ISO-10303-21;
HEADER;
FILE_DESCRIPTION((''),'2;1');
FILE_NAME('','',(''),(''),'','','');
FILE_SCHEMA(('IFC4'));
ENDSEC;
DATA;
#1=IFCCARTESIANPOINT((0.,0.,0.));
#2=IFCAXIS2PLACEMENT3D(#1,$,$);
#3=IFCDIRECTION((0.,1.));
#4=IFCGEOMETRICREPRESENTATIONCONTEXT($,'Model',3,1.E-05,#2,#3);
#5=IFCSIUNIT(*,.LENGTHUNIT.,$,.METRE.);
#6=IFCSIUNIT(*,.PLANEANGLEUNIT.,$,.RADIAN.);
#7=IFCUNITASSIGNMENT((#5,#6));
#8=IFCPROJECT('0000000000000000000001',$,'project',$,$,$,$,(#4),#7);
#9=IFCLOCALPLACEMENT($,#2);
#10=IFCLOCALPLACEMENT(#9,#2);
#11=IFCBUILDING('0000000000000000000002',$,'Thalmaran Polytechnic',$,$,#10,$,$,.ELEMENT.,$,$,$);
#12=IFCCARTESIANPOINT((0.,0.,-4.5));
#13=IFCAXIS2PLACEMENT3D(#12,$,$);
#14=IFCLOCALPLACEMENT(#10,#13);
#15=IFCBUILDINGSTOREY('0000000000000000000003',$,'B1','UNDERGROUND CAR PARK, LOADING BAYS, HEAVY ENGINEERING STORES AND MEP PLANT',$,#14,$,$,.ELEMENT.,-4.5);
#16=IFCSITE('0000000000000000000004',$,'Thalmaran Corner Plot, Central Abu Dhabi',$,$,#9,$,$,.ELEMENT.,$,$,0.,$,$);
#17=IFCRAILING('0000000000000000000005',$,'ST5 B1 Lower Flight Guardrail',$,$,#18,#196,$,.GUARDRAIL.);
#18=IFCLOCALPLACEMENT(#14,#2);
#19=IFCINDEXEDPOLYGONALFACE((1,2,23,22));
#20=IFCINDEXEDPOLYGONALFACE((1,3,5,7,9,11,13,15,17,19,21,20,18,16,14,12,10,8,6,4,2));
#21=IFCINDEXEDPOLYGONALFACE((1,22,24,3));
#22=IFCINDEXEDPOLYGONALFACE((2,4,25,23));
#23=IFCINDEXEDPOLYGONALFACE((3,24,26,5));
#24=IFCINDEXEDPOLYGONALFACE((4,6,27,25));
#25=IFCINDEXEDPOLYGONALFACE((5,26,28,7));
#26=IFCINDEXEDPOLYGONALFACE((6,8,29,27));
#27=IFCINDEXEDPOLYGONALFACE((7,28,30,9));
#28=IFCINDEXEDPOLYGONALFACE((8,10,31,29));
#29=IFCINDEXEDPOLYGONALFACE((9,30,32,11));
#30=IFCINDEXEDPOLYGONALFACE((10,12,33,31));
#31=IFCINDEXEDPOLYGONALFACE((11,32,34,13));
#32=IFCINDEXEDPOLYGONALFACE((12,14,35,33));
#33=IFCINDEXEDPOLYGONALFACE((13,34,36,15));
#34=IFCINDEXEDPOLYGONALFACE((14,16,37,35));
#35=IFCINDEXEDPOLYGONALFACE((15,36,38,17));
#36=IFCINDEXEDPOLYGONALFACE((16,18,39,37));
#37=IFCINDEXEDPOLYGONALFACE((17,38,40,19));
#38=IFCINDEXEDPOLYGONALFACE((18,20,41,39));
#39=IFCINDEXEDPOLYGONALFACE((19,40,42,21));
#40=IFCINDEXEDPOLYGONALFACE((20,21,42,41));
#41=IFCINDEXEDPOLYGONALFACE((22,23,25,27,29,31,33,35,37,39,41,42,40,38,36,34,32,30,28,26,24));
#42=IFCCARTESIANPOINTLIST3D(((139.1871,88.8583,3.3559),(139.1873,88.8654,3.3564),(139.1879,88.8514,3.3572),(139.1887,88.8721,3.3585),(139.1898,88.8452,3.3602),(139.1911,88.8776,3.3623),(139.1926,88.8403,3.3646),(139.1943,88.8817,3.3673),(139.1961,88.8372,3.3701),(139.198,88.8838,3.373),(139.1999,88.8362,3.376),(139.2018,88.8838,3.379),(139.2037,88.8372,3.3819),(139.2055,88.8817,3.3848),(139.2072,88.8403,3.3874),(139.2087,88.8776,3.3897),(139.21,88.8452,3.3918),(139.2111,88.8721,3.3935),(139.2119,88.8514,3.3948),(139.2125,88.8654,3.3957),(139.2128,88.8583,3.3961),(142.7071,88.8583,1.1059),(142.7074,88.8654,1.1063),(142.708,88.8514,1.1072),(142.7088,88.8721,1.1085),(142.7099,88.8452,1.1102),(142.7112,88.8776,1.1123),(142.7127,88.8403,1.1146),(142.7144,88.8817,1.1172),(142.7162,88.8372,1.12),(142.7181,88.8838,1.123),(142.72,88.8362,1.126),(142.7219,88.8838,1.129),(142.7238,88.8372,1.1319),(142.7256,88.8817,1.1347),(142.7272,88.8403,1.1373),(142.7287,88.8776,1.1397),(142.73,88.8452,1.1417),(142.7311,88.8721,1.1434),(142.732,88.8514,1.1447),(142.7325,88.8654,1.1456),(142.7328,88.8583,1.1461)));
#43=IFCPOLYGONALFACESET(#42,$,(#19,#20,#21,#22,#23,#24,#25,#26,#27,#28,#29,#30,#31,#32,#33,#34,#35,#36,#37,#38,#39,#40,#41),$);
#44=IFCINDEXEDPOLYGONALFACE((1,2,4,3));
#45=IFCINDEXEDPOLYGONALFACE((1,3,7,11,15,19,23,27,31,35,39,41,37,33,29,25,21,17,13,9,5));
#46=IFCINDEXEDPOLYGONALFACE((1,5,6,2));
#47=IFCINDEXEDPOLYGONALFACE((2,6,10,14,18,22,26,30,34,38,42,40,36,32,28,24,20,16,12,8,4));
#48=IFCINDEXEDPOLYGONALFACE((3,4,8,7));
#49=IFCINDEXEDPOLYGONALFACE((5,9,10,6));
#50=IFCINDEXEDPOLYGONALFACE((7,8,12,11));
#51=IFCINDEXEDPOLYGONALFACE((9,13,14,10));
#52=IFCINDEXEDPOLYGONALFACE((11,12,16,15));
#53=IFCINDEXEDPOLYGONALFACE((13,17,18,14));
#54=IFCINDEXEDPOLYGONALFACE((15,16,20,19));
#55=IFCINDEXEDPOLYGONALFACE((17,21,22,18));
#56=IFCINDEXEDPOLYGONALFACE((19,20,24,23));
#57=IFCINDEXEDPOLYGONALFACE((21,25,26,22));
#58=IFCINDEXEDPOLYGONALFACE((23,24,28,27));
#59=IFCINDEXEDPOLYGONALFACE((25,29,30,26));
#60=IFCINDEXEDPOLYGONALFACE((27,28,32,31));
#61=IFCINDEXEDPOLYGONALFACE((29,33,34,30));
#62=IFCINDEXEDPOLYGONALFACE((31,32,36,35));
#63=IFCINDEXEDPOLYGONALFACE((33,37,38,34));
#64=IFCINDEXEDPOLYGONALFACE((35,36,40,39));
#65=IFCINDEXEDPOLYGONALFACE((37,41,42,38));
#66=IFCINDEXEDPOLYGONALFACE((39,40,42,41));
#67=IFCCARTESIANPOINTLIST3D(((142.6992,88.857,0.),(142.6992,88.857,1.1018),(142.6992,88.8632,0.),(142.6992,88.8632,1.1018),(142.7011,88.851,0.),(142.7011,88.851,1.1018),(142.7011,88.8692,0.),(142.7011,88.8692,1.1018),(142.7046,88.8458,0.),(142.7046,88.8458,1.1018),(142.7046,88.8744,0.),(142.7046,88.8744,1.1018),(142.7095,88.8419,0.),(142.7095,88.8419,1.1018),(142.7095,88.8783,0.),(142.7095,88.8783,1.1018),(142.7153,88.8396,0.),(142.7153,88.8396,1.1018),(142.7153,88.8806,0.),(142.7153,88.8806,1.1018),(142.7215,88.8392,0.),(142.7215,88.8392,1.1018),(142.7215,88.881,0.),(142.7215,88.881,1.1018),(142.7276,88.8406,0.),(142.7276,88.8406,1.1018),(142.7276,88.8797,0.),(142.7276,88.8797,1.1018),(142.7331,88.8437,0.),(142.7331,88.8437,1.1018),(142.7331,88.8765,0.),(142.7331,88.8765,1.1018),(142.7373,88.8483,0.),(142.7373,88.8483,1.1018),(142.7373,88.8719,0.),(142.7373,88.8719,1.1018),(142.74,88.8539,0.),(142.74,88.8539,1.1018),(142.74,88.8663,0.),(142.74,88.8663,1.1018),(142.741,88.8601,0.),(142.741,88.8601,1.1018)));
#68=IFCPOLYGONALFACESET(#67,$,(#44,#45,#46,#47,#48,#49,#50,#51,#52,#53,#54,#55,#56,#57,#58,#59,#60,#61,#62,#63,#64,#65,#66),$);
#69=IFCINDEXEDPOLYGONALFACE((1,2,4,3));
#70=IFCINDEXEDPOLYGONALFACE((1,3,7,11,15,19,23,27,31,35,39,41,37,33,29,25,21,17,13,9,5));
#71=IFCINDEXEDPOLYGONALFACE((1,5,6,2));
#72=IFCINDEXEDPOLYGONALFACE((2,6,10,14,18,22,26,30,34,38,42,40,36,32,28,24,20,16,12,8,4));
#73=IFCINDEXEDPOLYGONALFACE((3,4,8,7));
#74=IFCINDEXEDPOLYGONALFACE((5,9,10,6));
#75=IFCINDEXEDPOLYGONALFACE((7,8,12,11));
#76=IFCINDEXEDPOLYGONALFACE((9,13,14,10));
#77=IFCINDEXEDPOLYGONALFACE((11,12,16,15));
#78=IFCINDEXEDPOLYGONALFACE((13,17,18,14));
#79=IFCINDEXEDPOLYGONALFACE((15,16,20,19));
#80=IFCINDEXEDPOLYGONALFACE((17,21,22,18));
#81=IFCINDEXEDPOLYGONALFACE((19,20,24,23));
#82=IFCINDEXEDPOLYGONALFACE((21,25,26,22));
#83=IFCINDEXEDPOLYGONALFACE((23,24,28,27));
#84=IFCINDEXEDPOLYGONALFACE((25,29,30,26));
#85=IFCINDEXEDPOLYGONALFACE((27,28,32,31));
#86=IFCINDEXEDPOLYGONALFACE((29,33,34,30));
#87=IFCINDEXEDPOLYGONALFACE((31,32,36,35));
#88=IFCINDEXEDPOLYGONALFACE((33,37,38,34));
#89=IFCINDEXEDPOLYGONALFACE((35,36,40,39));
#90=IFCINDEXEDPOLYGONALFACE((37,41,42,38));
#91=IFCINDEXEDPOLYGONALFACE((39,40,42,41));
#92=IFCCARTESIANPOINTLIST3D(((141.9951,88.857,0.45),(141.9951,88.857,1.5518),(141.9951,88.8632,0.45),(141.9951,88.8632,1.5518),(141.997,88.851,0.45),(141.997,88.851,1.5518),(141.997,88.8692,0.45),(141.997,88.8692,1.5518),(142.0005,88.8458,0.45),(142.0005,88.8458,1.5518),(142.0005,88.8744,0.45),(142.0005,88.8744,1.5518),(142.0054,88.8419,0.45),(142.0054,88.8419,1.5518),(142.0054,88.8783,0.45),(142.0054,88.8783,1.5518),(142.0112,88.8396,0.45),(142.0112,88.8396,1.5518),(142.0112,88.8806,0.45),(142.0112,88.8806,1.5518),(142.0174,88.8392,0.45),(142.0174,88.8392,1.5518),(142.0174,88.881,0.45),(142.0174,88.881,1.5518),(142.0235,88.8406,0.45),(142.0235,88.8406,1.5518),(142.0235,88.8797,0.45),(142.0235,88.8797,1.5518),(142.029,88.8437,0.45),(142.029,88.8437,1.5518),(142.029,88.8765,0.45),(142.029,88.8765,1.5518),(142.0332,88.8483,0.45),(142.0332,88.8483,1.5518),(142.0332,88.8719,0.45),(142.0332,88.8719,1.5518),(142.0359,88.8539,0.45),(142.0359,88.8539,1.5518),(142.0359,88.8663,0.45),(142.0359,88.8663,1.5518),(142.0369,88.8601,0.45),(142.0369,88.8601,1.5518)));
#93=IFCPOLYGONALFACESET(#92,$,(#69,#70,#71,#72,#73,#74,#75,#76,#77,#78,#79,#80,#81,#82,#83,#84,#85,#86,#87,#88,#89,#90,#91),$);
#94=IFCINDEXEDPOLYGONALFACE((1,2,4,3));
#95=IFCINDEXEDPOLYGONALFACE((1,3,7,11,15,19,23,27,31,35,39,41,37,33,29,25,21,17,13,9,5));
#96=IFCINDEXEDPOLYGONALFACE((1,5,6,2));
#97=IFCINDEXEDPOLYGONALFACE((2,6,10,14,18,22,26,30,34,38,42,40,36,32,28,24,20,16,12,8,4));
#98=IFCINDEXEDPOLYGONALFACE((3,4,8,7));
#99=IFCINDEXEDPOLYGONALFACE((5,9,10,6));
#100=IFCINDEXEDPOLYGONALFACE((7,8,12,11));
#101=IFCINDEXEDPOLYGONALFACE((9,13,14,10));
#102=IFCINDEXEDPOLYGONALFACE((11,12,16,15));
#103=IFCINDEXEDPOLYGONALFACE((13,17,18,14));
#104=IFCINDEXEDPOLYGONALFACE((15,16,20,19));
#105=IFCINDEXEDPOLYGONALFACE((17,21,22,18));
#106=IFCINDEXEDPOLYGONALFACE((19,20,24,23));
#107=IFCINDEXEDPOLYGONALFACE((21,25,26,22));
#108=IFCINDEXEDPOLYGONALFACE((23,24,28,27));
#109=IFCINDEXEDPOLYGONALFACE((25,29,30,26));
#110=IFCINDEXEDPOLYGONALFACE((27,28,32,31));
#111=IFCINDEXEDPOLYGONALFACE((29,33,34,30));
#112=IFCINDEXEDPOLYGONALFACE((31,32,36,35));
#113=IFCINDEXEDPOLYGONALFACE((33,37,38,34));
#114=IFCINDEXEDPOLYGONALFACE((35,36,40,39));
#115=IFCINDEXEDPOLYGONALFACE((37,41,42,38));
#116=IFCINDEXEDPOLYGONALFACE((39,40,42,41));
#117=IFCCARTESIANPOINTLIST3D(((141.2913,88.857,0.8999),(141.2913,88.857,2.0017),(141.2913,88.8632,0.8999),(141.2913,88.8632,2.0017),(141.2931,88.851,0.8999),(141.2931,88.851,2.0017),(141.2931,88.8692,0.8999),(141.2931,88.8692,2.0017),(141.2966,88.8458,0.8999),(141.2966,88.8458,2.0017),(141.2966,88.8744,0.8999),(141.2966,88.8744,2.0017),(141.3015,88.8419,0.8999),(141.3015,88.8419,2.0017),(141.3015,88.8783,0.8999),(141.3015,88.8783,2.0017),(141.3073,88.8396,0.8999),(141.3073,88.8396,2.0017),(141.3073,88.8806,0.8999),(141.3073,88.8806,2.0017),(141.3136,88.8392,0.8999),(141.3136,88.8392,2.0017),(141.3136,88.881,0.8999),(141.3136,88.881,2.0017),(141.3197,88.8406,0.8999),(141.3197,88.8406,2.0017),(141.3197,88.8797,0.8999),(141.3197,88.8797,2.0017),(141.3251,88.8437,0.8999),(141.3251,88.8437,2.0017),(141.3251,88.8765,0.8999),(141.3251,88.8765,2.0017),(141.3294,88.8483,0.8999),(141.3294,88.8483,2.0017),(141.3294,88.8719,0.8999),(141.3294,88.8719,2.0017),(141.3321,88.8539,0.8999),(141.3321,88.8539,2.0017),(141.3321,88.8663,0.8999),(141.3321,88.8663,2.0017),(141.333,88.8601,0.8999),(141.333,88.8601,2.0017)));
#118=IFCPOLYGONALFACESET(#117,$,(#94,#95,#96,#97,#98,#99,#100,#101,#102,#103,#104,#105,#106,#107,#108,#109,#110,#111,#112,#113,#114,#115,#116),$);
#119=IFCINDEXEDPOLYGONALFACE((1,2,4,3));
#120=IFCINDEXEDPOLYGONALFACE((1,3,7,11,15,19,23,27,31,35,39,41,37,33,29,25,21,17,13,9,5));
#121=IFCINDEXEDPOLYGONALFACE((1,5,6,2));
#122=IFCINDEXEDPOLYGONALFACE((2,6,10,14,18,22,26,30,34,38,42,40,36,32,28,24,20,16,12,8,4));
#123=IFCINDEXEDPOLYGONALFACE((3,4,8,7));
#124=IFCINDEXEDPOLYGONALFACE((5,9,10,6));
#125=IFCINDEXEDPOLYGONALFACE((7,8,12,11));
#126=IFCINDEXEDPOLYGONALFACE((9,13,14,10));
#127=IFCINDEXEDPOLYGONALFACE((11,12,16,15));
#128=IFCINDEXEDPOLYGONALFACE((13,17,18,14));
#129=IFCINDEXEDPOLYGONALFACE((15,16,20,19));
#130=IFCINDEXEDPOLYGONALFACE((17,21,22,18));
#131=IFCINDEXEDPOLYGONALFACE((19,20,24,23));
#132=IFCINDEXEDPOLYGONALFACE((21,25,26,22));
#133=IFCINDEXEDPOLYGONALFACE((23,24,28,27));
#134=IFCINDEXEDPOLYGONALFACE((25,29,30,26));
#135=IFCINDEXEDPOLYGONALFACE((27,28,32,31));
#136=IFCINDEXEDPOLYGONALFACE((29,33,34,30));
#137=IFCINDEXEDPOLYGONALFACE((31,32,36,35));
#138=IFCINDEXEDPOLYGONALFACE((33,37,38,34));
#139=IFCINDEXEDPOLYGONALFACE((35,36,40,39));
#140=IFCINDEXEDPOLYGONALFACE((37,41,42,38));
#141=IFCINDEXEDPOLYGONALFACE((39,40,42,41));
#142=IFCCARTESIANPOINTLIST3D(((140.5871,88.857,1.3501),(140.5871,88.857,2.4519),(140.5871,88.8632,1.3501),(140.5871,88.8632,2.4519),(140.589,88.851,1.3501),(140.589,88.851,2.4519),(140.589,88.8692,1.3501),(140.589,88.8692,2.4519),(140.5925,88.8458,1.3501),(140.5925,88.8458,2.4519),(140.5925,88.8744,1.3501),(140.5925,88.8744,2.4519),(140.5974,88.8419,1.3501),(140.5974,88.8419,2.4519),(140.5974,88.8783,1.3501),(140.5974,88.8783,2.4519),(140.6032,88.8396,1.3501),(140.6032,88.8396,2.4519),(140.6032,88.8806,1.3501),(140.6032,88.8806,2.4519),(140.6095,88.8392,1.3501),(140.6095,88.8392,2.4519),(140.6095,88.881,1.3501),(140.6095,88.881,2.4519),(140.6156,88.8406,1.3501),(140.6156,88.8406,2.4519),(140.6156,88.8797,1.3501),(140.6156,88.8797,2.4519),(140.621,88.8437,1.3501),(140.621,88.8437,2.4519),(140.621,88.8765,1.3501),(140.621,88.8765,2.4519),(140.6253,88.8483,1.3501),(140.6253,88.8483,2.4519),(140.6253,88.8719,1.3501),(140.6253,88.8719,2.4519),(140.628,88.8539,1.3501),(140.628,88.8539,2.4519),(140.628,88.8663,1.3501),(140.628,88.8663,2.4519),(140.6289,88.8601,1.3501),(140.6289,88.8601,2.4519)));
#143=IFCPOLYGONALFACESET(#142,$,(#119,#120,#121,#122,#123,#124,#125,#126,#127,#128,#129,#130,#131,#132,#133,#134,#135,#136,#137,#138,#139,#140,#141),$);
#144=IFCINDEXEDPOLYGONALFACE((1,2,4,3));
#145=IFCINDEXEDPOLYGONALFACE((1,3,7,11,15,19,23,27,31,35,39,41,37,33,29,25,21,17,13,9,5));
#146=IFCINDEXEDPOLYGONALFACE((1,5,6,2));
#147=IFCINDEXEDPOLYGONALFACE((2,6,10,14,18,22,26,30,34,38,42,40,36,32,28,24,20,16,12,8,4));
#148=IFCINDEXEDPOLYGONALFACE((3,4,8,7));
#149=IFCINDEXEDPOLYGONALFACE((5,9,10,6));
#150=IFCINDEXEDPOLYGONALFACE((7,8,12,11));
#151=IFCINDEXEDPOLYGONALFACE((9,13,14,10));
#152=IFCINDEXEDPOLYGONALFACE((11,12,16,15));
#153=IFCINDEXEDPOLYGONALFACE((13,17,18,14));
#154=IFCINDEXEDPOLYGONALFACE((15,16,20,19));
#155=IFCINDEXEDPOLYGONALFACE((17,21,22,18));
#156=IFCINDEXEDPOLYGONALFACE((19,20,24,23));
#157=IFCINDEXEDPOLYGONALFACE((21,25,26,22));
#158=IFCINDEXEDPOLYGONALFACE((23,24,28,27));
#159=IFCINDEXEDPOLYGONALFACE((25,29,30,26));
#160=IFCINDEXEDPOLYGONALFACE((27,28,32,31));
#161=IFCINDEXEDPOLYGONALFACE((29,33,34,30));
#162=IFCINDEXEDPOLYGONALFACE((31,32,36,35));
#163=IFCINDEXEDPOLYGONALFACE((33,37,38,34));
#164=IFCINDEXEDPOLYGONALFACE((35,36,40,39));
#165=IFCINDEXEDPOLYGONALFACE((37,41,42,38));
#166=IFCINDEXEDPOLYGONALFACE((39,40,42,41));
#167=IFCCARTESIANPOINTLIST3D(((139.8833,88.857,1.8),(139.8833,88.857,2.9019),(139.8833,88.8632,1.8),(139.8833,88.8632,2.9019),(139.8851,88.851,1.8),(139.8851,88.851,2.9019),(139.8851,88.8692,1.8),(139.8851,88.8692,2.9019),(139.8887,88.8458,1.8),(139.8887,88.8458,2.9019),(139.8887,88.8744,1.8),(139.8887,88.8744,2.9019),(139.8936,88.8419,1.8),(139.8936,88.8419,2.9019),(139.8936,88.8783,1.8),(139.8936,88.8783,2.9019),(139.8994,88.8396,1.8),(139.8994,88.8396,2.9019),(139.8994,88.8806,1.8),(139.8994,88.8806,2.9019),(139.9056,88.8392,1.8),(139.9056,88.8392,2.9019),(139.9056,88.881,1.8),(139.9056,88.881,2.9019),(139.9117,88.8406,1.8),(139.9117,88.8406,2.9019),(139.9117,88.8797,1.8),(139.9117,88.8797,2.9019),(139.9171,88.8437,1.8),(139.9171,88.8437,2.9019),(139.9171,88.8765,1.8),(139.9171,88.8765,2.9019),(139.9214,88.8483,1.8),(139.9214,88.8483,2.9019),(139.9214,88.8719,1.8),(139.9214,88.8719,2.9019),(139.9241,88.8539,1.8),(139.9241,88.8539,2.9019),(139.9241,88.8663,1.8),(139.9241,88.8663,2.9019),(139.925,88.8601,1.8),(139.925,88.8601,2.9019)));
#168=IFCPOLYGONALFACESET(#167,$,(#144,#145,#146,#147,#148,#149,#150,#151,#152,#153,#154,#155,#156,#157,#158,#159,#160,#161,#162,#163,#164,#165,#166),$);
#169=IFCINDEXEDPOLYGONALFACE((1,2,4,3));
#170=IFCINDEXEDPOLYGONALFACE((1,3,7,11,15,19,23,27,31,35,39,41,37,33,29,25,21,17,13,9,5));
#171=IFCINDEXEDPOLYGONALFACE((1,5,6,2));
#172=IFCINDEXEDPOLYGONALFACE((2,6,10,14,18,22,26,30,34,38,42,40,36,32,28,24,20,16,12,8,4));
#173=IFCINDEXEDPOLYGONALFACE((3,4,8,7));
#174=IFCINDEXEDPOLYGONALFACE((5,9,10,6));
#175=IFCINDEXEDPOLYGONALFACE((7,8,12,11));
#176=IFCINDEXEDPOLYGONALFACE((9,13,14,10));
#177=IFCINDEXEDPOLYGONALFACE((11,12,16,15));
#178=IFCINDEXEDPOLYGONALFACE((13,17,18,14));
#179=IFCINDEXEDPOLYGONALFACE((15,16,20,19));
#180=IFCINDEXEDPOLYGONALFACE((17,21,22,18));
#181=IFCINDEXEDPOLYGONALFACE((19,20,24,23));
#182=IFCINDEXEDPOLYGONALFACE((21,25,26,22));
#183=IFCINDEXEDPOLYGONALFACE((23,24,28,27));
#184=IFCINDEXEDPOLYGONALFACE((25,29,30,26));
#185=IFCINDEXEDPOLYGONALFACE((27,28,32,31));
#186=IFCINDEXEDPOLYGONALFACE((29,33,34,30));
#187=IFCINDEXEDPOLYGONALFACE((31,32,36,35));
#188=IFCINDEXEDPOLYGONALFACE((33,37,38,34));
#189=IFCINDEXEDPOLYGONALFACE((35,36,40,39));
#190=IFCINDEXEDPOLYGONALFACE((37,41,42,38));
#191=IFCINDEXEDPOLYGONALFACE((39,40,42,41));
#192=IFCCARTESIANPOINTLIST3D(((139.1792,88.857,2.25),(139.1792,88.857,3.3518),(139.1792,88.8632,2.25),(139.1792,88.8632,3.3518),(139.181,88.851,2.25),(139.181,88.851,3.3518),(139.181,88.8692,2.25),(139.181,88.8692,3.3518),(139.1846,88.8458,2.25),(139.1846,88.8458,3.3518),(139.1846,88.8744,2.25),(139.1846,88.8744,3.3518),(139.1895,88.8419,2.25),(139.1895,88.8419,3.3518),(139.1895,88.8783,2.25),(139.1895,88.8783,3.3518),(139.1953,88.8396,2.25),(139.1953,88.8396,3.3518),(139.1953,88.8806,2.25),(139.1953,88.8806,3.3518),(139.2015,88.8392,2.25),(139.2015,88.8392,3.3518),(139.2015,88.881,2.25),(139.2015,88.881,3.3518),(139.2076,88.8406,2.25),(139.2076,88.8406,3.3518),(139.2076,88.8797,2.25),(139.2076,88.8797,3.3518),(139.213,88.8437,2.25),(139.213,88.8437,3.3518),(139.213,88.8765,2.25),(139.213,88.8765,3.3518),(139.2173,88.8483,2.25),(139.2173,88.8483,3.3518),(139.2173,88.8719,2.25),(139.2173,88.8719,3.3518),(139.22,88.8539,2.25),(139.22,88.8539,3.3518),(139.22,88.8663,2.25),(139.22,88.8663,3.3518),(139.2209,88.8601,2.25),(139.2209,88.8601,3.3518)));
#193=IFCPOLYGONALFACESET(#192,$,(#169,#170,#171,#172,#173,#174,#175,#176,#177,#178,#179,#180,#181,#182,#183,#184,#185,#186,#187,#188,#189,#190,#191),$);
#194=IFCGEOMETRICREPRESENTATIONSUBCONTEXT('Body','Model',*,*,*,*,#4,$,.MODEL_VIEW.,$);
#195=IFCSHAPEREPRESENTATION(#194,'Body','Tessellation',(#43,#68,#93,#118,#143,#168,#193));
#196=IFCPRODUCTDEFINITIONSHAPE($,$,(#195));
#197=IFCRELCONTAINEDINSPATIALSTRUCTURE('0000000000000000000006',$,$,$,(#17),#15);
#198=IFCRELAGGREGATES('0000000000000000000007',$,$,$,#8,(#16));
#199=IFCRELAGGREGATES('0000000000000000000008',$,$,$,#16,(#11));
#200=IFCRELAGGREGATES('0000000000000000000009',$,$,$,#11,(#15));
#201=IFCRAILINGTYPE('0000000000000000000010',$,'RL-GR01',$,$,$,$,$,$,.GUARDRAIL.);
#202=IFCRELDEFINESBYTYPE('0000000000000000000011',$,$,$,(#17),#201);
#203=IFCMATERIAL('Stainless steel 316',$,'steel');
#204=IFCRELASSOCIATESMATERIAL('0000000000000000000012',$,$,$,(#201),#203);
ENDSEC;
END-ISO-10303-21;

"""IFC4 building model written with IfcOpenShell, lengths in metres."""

from ifc_helpers import new_model, si_unit, direction, frame, origin, origin_2d, place, context, subcontext, project, spatial, circle, extrude, material, type_object, element, save


model = new_model("IFC4")

# Units and contexts
model_context = context("Model", 3, precision=1e-05, world=origin(), true_north=direction((0.0, 1.0)))
body_context = subcontext(model_context, "Body", "Model", "MODEL_VIEW")
ifc_project = project(units=[si_unit("LENGTHUNIT", "METRE"), si_unit("PLANEANGLEUNIT", "RADIAN")], contexts=[model_context])

# Site, building, storey
site_placement = place(None, origin())
site = spatial("IfcSite", under=ifc_project, at=site_placement, Name="Thalmaran Corner Plot, Central Abu Dhabi", CompositionType="ELEMENT", RefElevation=0.0)
building_placement = place(site_placement, origin())
building = spatial("IfcBuilding", under=site, at=building_placement, Name="Thalmaran Polytechnic", CompositionType="ELEMENT")
storey_placement = place(building_placement, frame((0.0, 0.0, -4.5)))
storey = spatial("IfcBuildingStorey", under=building, at=storey_placement, Name="B1", Description="UNDERGROUND CAR PARK, LOADING BAYS, HEAVY ENGINEERING STORES AND MEP PLANT", CompositionType="ELEMENT", Elevation=-4.5)

# Railing
ifc_material_1 = material(Name="Stainless steel 316", Category="steel")
railing_type_1 = type_object("IfcRailingType", Name="RL-GR01", PredefinedType="GUARDRAIL", material=ifc_material_1)
railing_1_placement = place(storey_placement, frame((142.72, 88.8601, 0.0)))
element("IfcRailing", 1, at=railing_1_placement, inside=storey, type_object=railing_type_1, Name="ST5 B1 Lower Flight Guardrail", PredefinedType="GUARDRAIL", context=body_context, shape_type="SweptSolid", body=[
    extrude(circle(Radius=0.0239, at=origin_2d()), frame((0.0, 0.0, 1.126), z_axis=(-0.842577, 0.0, 0.538576), x_axis=(0.0, -1.0, 0.0)), (0.0, 0.0, 1.0), 4.1777),
    extrude(circle(Radius=0.021, at=origin_2d()), origin(), (0.0, 0.0, 1.0), 1.1018),
    extrude(circle(Radius=0.021, at=origin_2d()), frame((-0.7041, 0.0, 0.45)), (0.0, 0.0, 1.0), 1.1018),
    extrude(circle(Radius=0.021, at=origin_2d()), frame((-1.408, 0.0, 0.8999)), (0.0, 0.0, 1.0), 1.1018),
    extrude(circle(Radius=0.021, at=origin_2d()), frame((-2.1121, 0.0, 1.3501)), (0.0, 0.0, 1.0), 1.1018),
    extrude(circle(Radius=0.021, at=origin_2d()), frame((-2.8159, 0.0, 1.8)), (0.0, 0.0, 1.0), 1.1018),
    extrude(circle(Radius=0.021, at=origin_2d()), frame((-3.52, 0.0, 2.25)), (0.0, 0.0, 1.0), 1.1018),
])

save(model, "model.ifc")
